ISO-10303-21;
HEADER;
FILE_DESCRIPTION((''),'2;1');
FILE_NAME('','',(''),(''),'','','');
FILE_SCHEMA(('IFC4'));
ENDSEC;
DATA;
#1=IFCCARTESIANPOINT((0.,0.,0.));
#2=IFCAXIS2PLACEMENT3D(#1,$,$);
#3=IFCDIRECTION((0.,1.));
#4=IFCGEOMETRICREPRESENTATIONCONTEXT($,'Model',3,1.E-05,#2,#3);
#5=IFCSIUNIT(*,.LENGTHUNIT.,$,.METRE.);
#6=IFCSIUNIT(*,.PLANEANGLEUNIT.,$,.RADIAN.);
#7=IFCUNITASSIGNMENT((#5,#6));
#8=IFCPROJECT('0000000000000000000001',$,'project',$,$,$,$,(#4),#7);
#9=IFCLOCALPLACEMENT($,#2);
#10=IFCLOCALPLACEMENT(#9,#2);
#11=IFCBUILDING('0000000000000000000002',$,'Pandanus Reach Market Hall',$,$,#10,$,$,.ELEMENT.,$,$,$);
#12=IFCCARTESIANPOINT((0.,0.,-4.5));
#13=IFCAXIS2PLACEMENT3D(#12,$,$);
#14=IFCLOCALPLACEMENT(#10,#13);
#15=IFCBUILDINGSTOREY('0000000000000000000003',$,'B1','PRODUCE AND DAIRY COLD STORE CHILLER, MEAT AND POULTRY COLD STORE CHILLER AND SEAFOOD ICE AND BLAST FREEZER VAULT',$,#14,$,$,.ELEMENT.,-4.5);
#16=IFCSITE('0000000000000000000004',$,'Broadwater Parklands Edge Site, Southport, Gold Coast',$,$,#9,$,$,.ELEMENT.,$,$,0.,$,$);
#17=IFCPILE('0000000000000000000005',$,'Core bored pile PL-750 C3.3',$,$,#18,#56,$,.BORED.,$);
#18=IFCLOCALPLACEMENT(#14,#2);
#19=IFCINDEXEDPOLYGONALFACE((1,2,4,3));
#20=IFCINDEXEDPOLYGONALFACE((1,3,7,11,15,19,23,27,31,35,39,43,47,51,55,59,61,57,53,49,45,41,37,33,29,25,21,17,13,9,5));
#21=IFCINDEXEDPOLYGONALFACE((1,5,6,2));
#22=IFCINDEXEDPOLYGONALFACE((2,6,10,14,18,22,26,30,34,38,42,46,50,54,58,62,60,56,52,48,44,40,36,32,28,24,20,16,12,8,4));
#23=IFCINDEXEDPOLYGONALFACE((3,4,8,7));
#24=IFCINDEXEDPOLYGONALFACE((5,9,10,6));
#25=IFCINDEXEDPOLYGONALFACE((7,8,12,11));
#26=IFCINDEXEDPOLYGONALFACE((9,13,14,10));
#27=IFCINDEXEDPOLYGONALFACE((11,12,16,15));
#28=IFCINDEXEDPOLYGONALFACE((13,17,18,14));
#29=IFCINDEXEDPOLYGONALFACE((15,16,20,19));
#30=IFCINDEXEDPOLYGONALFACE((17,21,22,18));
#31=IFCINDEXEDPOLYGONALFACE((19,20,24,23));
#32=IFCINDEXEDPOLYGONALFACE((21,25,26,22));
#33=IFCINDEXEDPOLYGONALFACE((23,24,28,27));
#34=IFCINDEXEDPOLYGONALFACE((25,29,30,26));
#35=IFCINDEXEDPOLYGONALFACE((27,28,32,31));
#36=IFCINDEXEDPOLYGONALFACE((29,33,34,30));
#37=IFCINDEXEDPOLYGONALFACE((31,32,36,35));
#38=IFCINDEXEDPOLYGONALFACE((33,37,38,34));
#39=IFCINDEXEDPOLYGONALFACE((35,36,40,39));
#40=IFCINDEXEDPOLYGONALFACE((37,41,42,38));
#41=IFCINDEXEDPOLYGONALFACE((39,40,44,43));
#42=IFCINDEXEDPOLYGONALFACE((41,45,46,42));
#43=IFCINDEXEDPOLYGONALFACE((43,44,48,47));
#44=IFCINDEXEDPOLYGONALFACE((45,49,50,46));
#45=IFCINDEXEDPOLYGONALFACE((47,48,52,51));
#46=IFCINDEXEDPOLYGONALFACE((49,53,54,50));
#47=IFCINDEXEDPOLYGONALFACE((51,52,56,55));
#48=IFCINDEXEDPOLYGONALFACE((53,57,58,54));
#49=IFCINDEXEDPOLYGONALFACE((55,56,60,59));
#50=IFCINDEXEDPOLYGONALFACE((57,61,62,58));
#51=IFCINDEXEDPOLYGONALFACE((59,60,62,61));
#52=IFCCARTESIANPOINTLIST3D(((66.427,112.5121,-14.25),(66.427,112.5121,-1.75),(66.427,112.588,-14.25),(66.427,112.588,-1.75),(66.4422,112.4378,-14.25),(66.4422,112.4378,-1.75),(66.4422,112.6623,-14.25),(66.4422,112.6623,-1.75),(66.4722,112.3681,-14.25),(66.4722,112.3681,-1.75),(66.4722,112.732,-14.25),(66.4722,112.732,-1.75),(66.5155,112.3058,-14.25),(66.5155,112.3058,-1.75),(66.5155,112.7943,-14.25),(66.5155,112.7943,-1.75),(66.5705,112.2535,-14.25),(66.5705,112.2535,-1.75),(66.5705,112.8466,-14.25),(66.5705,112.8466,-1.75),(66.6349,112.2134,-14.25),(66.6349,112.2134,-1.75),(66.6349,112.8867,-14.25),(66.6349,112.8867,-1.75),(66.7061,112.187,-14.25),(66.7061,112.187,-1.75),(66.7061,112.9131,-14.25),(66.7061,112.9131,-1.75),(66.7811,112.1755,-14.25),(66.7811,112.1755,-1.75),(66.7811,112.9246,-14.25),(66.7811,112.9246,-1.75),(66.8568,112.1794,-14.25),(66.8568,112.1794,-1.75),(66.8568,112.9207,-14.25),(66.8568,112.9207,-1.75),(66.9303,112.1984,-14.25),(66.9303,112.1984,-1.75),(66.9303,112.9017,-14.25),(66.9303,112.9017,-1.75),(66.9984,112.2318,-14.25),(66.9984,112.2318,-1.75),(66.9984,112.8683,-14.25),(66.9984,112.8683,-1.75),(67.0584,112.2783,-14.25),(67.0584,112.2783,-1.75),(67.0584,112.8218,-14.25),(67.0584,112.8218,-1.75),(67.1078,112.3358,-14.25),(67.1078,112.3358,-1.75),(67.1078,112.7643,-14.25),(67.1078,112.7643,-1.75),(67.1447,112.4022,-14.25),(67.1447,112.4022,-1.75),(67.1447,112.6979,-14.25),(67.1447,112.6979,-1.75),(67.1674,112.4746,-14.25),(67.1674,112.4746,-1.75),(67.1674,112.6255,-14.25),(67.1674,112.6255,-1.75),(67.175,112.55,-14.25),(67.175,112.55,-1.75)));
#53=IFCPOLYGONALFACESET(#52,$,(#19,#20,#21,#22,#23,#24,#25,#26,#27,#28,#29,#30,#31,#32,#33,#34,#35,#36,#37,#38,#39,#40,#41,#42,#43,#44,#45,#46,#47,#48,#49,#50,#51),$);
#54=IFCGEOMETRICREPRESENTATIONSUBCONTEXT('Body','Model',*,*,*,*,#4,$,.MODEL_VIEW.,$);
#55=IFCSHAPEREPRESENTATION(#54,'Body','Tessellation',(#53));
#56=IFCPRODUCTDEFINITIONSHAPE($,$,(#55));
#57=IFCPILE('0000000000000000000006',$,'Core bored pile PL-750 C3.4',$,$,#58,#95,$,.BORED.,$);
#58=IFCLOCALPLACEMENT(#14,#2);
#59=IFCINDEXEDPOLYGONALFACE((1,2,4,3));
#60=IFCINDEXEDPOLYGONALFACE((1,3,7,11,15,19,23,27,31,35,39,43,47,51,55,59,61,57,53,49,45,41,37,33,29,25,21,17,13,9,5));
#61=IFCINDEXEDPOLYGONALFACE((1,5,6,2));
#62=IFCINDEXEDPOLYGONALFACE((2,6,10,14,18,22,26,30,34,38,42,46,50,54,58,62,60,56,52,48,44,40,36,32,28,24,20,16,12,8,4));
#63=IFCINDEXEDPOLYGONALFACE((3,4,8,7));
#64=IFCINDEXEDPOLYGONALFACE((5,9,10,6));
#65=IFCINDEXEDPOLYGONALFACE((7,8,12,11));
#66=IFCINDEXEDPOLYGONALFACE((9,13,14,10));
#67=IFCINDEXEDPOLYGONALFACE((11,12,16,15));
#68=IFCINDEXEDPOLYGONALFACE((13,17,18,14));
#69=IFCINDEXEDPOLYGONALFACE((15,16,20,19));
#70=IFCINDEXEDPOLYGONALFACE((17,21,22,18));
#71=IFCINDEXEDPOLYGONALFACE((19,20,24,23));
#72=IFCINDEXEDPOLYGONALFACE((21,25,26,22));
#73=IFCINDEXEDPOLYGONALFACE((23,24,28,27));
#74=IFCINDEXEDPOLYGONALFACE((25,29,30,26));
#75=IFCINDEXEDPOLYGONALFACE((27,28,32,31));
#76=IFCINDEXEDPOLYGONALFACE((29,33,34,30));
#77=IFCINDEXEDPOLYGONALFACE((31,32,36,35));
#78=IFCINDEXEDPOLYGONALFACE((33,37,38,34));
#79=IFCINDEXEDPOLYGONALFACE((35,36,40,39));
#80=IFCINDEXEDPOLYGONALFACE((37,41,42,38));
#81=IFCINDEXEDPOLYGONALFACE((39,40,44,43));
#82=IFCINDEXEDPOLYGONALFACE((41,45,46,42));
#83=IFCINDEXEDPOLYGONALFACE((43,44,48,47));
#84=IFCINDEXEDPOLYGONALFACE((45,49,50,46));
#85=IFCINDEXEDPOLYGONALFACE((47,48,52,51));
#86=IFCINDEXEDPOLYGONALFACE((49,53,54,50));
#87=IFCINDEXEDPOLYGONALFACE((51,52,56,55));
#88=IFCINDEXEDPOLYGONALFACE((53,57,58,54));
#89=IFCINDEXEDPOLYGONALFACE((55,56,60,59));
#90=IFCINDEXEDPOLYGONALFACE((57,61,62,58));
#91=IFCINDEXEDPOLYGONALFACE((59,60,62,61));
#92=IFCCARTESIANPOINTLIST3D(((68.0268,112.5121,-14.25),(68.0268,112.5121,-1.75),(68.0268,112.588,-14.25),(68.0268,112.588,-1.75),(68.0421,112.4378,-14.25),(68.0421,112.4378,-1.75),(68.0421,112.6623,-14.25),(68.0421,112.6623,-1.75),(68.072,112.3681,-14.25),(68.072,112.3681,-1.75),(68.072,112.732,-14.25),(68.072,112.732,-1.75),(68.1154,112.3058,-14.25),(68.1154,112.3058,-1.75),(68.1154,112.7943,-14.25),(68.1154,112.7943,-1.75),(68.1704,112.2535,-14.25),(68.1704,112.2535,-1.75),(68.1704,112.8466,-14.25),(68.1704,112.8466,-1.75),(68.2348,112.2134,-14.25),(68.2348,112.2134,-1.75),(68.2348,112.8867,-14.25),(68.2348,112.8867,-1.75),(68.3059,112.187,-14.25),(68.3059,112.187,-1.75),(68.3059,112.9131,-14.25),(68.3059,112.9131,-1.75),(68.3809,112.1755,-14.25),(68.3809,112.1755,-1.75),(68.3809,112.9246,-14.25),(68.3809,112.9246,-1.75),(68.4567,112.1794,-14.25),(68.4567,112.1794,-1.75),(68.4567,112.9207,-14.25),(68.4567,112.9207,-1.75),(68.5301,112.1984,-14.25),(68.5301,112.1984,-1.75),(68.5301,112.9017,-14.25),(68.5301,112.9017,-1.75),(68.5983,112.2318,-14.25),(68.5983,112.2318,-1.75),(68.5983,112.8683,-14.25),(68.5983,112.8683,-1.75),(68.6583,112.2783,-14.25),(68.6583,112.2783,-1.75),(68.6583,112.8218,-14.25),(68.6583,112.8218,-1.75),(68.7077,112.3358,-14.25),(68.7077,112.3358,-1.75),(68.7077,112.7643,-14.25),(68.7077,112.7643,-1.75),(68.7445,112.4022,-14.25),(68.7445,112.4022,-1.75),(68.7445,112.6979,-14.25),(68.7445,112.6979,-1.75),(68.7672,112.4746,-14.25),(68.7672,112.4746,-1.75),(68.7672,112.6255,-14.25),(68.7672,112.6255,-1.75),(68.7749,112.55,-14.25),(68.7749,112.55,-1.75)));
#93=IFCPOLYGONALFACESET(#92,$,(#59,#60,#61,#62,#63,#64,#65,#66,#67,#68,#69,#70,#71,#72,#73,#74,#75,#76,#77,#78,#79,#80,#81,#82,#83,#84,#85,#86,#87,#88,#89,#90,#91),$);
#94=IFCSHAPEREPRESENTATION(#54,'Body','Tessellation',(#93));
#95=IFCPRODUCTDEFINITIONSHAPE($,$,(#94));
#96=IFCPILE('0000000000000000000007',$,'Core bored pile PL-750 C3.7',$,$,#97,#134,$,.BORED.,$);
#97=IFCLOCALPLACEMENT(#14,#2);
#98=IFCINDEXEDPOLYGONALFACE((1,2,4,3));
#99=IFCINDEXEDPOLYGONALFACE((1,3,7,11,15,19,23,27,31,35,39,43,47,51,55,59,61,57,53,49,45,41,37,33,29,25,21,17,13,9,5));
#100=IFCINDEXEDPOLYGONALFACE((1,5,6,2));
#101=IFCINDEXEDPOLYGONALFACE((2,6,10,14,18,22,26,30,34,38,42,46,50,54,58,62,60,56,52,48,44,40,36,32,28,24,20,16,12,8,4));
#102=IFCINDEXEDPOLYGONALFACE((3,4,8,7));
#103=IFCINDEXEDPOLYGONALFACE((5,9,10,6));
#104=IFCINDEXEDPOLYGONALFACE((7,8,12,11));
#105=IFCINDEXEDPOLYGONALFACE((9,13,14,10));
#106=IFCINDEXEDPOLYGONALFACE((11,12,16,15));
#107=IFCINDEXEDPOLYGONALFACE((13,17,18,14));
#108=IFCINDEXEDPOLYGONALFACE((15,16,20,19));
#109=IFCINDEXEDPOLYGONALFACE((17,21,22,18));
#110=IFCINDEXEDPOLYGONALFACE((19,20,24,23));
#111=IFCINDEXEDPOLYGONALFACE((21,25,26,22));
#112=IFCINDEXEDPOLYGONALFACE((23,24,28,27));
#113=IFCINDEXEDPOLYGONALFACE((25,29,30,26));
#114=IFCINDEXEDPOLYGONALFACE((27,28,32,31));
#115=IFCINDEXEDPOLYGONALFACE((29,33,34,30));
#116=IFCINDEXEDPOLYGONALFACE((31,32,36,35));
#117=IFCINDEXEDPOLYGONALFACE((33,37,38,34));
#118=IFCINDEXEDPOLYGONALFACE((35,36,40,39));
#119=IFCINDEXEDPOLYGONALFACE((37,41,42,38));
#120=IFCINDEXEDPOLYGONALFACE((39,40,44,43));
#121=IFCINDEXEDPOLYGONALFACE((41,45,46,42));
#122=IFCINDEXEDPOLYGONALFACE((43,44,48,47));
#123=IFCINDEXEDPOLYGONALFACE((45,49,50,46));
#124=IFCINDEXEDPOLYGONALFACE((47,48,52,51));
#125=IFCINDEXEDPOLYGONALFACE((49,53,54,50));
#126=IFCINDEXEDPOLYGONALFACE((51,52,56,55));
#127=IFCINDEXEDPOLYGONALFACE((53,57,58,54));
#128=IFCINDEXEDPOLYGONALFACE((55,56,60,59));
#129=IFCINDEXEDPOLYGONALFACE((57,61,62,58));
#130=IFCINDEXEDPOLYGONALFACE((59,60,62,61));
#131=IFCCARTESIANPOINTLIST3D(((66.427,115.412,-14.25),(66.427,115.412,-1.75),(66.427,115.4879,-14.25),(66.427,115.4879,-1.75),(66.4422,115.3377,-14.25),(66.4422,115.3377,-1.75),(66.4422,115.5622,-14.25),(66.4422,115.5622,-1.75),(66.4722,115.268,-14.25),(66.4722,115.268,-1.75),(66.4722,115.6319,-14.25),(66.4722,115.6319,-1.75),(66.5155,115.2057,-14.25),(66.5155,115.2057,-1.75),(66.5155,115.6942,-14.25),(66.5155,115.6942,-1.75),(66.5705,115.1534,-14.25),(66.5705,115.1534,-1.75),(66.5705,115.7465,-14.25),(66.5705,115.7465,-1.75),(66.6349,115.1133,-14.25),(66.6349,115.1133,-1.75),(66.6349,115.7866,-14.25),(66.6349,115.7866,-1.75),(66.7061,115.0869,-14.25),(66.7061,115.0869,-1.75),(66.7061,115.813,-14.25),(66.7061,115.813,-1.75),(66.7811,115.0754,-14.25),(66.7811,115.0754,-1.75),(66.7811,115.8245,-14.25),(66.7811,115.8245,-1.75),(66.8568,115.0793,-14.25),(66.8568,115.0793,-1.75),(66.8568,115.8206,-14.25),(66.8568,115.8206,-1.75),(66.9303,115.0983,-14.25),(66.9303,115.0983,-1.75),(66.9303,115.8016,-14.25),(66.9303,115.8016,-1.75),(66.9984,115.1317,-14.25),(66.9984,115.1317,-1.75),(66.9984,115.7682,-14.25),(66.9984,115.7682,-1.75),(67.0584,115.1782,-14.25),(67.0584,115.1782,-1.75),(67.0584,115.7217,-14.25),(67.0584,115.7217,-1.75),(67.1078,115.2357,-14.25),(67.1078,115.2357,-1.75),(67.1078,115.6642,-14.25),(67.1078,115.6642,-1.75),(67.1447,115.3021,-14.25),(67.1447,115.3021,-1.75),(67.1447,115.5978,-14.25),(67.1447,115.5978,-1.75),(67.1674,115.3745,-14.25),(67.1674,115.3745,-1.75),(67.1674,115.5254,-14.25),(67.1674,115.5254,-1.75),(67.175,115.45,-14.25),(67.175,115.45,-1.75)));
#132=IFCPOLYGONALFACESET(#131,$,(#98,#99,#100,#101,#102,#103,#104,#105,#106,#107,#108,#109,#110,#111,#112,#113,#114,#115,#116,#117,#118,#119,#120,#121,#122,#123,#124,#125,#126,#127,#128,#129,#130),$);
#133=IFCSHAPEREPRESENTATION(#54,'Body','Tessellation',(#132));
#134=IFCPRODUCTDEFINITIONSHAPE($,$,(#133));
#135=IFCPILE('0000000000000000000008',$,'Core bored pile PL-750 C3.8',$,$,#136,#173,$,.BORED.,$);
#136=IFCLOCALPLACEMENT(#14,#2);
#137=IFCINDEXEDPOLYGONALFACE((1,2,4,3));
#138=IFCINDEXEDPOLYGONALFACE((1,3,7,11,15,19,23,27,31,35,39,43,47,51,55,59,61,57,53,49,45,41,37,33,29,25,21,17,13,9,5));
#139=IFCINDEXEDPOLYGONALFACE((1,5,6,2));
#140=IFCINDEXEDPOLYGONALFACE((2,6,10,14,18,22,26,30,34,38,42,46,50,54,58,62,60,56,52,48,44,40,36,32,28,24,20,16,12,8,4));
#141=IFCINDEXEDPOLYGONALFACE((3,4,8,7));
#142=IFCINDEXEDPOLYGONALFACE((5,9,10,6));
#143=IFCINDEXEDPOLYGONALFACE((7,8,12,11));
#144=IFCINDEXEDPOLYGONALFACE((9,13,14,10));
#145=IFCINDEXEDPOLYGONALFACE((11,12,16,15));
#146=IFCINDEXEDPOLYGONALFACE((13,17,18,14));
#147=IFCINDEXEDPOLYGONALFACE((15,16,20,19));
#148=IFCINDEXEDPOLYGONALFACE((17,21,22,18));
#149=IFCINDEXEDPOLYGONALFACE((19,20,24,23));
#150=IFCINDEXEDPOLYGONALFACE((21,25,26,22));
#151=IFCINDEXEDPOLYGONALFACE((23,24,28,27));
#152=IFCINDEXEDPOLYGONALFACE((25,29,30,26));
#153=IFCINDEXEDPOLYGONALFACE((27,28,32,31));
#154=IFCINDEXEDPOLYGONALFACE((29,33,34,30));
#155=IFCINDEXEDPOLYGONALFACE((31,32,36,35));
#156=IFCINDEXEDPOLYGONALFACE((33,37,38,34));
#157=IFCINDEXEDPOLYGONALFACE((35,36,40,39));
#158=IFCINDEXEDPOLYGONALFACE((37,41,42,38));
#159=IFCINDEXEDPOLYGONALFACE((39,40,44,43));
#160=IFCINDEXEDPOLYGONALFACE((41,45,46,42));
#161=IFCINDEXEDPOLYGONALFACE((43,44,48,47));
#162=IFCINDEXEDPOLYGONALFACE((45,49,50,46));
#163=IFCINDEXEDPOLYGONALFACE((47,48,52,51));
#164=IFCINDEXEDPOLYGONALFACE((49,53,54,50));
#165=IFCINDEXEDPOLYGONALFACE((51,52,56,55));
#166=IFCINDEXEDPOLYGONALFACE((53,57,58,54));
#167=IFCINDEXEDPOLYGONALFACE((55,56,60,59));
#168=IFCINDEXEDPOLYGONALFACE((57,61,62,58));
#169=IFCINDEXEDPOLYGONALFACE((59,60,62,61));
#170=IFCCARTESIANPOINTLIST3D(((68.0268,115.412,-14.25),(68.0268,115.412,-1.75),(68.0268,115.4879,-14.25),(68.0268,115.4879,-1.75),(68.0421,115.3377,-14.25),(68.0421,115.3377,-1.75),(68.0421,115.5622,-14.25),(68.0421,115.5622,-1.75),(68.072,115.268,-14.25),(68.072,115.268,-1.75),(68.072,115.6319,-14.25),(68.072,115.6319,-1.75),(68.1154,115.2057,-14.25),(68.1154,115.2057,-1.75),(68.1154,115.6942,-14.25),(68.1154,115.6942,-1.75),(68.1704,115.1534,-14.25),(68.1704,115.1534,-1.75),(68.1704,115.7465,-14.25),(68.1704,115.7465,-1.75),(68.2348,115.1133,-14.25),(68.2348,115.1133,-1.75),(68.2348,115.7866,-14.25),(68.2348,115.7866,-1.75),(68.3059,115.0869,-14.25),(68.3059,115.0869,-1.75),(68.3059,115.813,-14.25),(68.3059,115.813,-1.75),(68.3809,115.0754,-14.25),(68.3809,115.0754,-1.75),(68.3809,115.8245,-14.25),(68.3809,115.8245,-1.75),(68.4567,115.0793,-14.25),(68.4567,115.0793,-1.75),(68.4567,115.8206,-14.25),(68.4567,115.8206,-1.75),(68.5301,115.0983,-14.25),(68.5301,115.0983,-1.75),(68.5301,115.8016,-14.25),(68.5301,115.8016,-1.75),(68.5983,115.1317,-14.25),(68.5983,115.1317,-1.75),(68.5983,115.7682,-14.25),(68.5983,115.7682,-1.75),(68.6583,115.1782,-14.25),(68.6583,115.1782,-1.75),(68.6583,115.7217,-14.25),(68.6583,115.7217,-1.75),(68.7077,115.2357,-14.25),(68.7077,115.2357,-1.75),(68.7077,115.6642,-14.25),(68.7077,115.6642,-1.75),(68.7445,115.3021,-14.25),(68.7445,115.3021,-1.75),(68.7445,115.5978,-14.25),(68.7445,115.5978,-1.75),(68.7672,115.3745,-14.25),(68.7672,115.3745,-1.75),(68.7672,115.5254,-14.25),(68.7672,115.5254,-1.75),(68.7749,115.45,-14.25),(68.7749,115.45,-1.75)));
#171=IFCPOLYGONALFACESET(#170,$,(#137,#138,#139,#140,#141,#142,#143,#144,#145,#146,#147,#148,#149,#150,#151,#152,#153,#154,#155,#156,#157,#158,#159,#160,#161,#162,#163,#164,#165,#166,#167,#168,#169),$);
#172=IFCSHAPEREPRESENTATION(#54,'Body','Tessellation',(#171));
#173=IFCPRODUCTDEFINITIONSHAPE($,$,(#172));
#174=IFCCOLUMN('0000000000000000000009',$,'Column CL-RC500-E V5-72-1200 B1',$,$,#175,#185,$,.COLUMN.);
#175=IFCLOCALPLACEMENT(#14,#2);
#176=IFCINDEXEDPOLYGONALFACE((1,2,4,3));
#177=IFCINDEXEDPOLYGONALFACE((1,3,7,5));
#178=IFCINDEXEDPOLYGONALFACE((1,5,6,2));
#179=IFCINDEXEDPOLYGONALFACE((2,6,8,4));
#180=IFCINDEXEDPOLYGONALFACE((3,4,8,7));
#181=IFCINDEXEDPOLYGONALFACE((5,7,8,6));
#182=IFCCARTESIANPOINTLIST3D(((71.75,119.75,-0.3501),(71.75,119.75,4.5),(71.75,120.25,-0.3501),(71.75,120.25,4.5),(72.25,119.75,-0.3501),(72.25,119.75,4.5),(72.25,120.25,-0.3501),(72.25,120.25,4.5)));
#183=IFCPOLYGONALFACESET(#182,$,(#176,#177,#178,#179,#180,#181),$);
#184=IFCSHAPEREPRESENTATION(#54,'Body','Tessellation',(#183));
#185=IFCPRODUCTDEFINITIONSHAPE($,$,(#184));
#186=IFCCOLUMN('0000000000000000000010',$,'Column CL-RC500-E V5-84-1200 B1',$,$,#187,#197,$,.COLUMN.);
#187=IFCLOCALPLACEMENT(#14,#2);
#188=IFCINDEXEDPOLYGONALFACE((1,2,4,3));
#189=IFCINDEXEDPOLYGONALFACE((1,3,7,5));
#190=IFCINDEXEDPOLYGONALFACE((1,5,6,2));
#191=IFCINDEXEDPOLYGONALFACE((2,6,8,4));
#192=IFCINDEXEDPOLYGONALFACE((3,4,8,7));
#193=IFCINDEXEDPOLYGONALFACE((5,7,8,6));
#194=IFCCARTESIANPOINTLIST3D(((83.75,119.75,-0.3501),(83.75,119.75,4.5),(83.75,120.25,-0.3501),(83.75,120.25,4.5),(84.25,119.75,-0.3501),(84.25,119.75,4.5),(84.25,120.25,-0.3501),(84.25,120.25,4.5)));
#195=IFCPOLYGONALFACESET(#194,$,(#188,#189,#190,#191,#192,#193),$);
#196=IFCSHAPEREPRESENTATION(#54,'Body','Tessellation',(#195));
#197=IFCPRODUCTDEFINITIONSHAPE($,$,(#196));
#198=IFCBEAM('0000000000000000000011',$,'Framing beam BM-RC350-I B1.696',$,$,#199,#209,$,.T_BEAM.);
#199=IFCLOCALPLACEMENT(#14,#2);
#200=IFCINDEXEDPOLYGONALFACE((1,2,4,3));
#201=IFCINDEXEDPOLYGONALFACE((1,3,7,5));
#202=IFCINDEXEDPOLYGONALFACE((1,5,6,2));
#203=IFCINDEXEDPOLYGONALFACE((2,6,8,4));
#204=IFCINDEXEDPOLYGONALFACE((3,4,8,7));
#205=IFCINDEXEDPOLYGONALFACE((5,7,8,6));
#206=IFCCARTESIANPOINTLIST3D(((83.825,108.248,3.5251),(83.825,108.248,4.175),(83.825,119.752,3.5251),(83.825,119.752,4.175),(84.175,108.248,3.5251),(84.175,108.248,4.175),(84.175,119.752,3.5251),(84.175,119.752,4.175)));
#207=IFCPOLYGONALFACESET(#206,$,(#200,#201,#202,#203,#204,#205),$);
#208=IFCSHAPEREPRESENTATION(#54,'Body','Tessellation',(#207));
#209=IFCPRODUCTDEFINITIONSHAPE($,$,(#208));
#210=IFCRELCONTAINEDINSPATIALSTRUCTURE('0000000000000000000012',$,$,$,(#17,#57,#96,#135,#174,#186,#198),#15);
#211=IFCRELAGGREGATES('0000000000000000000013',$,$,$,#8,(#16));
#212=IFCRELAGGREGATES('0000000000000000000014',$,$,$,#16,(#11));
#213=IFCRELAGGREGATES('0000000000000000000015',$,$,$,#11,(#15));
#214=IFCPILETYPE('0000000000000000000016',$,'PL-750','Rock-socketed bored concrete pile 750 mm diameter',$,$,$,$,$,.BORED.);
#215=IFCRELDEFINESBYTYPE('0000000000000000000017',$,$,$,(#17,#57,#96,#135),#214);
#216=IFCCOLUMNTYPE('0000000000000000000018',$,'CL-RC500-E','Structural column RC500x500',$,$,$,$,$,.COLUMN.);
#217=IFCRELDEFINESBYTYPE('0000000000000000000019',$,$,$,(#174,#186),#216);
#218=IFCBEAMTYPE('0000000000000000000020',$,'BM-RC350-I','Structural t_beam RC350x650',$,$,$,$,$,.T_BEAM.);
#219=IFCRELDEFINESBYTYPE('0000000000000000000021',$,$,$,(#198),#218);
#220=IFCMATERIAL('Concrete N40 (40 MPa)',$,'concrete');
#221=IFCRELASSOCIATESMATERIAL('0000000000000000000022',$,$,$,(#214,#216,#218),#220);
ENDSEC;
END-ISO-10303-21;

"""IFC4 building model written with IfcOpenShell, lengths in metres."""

from ifc_helpers import new_model, si_unit, direction, frame, origin, origin_2d, place, context, subcontext, project, spatial, rectangle, circle, extrude, material, material_profile, profile_set, type_object, element, save


model = new_model("IFC4")

# Units and contexts
model_context = context("Model", 3, precision=1e-05, world=origin(), true_north=direction((0.0, 1.0)))
body_context = subcontext(model_context, "Body", "Model", "MODEL_VIEW")
ifc_project = project(units=[si_unit("LENGTHUNIT", "METRE"), si_unit("PLANEANGLEUNIT", "RADIAN")], contexts=[model_context])

# Site, building, storey
site_placement = place(None, origin())
site = spatial("IfcSite", under=ifc_project, at=site_placement, Name="Broadwater Parklands Edge Site, Southport, Gold Coast", CompositionType="ELEMENT", RefElevation=0.0)
building_placement = place(site_placement, origin())
building = spatial("IfcBuilding", under=site, at=building_placement, Name="Pandanus Reach Market Hall", CompositionType="ELEMENT")
storey_placement = place(building_placement, frame((0.0, 0.0, -4.5)))
storey = spatial("IfcBuildingStorey", under=building, at=storey_placement, Name="B1", Description="PRODUCE AND DAIRY COLD STORE CHILLER, MEAT AND POULTRY COLD STORE CHILLER AND SEAFOOD ICE AND BLAST FREEZER VAULT", CompositionType="ELEMENT", Elevation=-4.5)

# Shared definitions
ifc_material_1 = material(Name="Concrete N40 (40 MPa)", Category="concrete")

# Piles
ifc_material_profile_1 = material_profile(ifc_material_1, circle(Radius=0.375, at=origin_2d()), Name="PILE-750D", Category="LoadBearing")
ifc_profile_set_1 = profile_set([ifc_material_profile_1], Name="Concrete N40 (40 MPa)")
pile_type = type_object("IfcPileType", Name="PL-750", Description="Rock-socketed bored concrete pile 750 mm diameter", PredefinedType="BORED", material=ifc_profile_set_1)
for number, where, z_axis, x_axis, name in (
    (1, (66.8, 112.55, -1.75), (0.0, 0.0, -1.0), (1.0, 0.0, 0.0), "Core bored pile PL-750 C3.3"),
    (2, (68.3999, 112.55, -1.75), (0.0, 0.0, -1.0), (1.0, 0.0, 0.0), "Core bored pile PL-750 C3.4"),
    (3, (66.8, 115.45, -1.75), (0.0, 0.0, -1.0), (1.0, 0.0, 0.0), "Core bored pile PL-750 C3.7"),
    (4, (68.3999, 115.45, -1.75), (0.0, 0.0, -1.0), (1.0, 0.0, 0.0), "Core bored pile PL-750 C3.8"),
):
    element("IfcPile", number, at=place(storey_placement, frame(where, z_axis=z_axis, x_axis=x_axis)), inside=storey, type_object=pile_type, Name=name, PredefinedType="BORED", context=body_context, shape_type="SweptSolid", body=[
        extrude(circle(Radius=0.375, at=origin_2d()), origin(), (0.0, 0.0, 1.0), 12.5),
    ])

# Columns
ifc_material_profile_2 = material_profile(ifc_material_1, rectangle(XDim=0.5, YDim=0.5, at=origin_2d()), Name="RC500x500", Category="LoadBearing")
ifc_profile_set_2 = profile_set([ifc_material_profile_2], Name="Concrete N40 (40 MPa)")
column_type = type_object("IfcColumnType", Name="CL-RC500-E", Description="Structural column RC500x500", PredefinedType="COLUMN", material=ifc_profile_set_2)
for number, where, z_axis, x_axis, name in (
    (5, (72.0, 120.0, -0.3501), (0.0, 0.0, 1.0), (1.0, 0.0, 0.0), "Column CL-RC500-E V5-72-1200 B1"),
    (6, (84.0, 120.0, -0.3501), (0.0, 0.0, 1.0), (1.0, 0.0, 0.0), "Column CL-RC500-E V5-84-1200 B1"),
):
    element("IfcColumn", number, at=place(storey_placement, frame(where, z_axis=z_axis, x_axis=x_axis)), inside=storey, type_object=column_type, Name=name, PredefinedType="COLUMN", context=body_context, shape_type="SweptSolid", body=[
        extrude(rectangle(XDim=0.5, YDim=0.5, at=origin_2d()), origin(), (0.0, 0.0, 1.0), 4.8501),
    ])

# Beam
ifc_material_profile_3 = material_profile(ifc_material_1, rectangle(XDim=0.3501, YDim=0.6499, at=origin_2d()), Name="RC350x650", Category="LoadBearing")
ifc_profile_set_3 = profile_set([ifc_material_profile_3], Name="Concrete N40 (40 MPa)")
beam_type_1 = type_object("IfcBeamType", Name="BM-RC350-I", Description="Structural t_beam RC350x650", PredefinedType="T_BEAM", material=ifc_profile_set_3)
beam_placement = place(storey_placement, frame((84.0, 108.248, 3.8501), z_axis=(0.0, 1.0, 0.0), x_axis=(-1.0, 0.0, 0.0)))
element("IfcBeam", 7, at=beam_placement, inside=storey, type_object=beam_type_1, Name="Framing beam BM-RC350-I B1.696", PredefinedType="T_BEAM", context=body_context, shape_type="SweptSolid", body=[
    extrude(rectangle(XDim=0.3501, YDim=0.6499, at=origin_2d()), origin(), (0.0, 0.0, 1.0), 11.5039),
])

save(model, "model.ifc")
